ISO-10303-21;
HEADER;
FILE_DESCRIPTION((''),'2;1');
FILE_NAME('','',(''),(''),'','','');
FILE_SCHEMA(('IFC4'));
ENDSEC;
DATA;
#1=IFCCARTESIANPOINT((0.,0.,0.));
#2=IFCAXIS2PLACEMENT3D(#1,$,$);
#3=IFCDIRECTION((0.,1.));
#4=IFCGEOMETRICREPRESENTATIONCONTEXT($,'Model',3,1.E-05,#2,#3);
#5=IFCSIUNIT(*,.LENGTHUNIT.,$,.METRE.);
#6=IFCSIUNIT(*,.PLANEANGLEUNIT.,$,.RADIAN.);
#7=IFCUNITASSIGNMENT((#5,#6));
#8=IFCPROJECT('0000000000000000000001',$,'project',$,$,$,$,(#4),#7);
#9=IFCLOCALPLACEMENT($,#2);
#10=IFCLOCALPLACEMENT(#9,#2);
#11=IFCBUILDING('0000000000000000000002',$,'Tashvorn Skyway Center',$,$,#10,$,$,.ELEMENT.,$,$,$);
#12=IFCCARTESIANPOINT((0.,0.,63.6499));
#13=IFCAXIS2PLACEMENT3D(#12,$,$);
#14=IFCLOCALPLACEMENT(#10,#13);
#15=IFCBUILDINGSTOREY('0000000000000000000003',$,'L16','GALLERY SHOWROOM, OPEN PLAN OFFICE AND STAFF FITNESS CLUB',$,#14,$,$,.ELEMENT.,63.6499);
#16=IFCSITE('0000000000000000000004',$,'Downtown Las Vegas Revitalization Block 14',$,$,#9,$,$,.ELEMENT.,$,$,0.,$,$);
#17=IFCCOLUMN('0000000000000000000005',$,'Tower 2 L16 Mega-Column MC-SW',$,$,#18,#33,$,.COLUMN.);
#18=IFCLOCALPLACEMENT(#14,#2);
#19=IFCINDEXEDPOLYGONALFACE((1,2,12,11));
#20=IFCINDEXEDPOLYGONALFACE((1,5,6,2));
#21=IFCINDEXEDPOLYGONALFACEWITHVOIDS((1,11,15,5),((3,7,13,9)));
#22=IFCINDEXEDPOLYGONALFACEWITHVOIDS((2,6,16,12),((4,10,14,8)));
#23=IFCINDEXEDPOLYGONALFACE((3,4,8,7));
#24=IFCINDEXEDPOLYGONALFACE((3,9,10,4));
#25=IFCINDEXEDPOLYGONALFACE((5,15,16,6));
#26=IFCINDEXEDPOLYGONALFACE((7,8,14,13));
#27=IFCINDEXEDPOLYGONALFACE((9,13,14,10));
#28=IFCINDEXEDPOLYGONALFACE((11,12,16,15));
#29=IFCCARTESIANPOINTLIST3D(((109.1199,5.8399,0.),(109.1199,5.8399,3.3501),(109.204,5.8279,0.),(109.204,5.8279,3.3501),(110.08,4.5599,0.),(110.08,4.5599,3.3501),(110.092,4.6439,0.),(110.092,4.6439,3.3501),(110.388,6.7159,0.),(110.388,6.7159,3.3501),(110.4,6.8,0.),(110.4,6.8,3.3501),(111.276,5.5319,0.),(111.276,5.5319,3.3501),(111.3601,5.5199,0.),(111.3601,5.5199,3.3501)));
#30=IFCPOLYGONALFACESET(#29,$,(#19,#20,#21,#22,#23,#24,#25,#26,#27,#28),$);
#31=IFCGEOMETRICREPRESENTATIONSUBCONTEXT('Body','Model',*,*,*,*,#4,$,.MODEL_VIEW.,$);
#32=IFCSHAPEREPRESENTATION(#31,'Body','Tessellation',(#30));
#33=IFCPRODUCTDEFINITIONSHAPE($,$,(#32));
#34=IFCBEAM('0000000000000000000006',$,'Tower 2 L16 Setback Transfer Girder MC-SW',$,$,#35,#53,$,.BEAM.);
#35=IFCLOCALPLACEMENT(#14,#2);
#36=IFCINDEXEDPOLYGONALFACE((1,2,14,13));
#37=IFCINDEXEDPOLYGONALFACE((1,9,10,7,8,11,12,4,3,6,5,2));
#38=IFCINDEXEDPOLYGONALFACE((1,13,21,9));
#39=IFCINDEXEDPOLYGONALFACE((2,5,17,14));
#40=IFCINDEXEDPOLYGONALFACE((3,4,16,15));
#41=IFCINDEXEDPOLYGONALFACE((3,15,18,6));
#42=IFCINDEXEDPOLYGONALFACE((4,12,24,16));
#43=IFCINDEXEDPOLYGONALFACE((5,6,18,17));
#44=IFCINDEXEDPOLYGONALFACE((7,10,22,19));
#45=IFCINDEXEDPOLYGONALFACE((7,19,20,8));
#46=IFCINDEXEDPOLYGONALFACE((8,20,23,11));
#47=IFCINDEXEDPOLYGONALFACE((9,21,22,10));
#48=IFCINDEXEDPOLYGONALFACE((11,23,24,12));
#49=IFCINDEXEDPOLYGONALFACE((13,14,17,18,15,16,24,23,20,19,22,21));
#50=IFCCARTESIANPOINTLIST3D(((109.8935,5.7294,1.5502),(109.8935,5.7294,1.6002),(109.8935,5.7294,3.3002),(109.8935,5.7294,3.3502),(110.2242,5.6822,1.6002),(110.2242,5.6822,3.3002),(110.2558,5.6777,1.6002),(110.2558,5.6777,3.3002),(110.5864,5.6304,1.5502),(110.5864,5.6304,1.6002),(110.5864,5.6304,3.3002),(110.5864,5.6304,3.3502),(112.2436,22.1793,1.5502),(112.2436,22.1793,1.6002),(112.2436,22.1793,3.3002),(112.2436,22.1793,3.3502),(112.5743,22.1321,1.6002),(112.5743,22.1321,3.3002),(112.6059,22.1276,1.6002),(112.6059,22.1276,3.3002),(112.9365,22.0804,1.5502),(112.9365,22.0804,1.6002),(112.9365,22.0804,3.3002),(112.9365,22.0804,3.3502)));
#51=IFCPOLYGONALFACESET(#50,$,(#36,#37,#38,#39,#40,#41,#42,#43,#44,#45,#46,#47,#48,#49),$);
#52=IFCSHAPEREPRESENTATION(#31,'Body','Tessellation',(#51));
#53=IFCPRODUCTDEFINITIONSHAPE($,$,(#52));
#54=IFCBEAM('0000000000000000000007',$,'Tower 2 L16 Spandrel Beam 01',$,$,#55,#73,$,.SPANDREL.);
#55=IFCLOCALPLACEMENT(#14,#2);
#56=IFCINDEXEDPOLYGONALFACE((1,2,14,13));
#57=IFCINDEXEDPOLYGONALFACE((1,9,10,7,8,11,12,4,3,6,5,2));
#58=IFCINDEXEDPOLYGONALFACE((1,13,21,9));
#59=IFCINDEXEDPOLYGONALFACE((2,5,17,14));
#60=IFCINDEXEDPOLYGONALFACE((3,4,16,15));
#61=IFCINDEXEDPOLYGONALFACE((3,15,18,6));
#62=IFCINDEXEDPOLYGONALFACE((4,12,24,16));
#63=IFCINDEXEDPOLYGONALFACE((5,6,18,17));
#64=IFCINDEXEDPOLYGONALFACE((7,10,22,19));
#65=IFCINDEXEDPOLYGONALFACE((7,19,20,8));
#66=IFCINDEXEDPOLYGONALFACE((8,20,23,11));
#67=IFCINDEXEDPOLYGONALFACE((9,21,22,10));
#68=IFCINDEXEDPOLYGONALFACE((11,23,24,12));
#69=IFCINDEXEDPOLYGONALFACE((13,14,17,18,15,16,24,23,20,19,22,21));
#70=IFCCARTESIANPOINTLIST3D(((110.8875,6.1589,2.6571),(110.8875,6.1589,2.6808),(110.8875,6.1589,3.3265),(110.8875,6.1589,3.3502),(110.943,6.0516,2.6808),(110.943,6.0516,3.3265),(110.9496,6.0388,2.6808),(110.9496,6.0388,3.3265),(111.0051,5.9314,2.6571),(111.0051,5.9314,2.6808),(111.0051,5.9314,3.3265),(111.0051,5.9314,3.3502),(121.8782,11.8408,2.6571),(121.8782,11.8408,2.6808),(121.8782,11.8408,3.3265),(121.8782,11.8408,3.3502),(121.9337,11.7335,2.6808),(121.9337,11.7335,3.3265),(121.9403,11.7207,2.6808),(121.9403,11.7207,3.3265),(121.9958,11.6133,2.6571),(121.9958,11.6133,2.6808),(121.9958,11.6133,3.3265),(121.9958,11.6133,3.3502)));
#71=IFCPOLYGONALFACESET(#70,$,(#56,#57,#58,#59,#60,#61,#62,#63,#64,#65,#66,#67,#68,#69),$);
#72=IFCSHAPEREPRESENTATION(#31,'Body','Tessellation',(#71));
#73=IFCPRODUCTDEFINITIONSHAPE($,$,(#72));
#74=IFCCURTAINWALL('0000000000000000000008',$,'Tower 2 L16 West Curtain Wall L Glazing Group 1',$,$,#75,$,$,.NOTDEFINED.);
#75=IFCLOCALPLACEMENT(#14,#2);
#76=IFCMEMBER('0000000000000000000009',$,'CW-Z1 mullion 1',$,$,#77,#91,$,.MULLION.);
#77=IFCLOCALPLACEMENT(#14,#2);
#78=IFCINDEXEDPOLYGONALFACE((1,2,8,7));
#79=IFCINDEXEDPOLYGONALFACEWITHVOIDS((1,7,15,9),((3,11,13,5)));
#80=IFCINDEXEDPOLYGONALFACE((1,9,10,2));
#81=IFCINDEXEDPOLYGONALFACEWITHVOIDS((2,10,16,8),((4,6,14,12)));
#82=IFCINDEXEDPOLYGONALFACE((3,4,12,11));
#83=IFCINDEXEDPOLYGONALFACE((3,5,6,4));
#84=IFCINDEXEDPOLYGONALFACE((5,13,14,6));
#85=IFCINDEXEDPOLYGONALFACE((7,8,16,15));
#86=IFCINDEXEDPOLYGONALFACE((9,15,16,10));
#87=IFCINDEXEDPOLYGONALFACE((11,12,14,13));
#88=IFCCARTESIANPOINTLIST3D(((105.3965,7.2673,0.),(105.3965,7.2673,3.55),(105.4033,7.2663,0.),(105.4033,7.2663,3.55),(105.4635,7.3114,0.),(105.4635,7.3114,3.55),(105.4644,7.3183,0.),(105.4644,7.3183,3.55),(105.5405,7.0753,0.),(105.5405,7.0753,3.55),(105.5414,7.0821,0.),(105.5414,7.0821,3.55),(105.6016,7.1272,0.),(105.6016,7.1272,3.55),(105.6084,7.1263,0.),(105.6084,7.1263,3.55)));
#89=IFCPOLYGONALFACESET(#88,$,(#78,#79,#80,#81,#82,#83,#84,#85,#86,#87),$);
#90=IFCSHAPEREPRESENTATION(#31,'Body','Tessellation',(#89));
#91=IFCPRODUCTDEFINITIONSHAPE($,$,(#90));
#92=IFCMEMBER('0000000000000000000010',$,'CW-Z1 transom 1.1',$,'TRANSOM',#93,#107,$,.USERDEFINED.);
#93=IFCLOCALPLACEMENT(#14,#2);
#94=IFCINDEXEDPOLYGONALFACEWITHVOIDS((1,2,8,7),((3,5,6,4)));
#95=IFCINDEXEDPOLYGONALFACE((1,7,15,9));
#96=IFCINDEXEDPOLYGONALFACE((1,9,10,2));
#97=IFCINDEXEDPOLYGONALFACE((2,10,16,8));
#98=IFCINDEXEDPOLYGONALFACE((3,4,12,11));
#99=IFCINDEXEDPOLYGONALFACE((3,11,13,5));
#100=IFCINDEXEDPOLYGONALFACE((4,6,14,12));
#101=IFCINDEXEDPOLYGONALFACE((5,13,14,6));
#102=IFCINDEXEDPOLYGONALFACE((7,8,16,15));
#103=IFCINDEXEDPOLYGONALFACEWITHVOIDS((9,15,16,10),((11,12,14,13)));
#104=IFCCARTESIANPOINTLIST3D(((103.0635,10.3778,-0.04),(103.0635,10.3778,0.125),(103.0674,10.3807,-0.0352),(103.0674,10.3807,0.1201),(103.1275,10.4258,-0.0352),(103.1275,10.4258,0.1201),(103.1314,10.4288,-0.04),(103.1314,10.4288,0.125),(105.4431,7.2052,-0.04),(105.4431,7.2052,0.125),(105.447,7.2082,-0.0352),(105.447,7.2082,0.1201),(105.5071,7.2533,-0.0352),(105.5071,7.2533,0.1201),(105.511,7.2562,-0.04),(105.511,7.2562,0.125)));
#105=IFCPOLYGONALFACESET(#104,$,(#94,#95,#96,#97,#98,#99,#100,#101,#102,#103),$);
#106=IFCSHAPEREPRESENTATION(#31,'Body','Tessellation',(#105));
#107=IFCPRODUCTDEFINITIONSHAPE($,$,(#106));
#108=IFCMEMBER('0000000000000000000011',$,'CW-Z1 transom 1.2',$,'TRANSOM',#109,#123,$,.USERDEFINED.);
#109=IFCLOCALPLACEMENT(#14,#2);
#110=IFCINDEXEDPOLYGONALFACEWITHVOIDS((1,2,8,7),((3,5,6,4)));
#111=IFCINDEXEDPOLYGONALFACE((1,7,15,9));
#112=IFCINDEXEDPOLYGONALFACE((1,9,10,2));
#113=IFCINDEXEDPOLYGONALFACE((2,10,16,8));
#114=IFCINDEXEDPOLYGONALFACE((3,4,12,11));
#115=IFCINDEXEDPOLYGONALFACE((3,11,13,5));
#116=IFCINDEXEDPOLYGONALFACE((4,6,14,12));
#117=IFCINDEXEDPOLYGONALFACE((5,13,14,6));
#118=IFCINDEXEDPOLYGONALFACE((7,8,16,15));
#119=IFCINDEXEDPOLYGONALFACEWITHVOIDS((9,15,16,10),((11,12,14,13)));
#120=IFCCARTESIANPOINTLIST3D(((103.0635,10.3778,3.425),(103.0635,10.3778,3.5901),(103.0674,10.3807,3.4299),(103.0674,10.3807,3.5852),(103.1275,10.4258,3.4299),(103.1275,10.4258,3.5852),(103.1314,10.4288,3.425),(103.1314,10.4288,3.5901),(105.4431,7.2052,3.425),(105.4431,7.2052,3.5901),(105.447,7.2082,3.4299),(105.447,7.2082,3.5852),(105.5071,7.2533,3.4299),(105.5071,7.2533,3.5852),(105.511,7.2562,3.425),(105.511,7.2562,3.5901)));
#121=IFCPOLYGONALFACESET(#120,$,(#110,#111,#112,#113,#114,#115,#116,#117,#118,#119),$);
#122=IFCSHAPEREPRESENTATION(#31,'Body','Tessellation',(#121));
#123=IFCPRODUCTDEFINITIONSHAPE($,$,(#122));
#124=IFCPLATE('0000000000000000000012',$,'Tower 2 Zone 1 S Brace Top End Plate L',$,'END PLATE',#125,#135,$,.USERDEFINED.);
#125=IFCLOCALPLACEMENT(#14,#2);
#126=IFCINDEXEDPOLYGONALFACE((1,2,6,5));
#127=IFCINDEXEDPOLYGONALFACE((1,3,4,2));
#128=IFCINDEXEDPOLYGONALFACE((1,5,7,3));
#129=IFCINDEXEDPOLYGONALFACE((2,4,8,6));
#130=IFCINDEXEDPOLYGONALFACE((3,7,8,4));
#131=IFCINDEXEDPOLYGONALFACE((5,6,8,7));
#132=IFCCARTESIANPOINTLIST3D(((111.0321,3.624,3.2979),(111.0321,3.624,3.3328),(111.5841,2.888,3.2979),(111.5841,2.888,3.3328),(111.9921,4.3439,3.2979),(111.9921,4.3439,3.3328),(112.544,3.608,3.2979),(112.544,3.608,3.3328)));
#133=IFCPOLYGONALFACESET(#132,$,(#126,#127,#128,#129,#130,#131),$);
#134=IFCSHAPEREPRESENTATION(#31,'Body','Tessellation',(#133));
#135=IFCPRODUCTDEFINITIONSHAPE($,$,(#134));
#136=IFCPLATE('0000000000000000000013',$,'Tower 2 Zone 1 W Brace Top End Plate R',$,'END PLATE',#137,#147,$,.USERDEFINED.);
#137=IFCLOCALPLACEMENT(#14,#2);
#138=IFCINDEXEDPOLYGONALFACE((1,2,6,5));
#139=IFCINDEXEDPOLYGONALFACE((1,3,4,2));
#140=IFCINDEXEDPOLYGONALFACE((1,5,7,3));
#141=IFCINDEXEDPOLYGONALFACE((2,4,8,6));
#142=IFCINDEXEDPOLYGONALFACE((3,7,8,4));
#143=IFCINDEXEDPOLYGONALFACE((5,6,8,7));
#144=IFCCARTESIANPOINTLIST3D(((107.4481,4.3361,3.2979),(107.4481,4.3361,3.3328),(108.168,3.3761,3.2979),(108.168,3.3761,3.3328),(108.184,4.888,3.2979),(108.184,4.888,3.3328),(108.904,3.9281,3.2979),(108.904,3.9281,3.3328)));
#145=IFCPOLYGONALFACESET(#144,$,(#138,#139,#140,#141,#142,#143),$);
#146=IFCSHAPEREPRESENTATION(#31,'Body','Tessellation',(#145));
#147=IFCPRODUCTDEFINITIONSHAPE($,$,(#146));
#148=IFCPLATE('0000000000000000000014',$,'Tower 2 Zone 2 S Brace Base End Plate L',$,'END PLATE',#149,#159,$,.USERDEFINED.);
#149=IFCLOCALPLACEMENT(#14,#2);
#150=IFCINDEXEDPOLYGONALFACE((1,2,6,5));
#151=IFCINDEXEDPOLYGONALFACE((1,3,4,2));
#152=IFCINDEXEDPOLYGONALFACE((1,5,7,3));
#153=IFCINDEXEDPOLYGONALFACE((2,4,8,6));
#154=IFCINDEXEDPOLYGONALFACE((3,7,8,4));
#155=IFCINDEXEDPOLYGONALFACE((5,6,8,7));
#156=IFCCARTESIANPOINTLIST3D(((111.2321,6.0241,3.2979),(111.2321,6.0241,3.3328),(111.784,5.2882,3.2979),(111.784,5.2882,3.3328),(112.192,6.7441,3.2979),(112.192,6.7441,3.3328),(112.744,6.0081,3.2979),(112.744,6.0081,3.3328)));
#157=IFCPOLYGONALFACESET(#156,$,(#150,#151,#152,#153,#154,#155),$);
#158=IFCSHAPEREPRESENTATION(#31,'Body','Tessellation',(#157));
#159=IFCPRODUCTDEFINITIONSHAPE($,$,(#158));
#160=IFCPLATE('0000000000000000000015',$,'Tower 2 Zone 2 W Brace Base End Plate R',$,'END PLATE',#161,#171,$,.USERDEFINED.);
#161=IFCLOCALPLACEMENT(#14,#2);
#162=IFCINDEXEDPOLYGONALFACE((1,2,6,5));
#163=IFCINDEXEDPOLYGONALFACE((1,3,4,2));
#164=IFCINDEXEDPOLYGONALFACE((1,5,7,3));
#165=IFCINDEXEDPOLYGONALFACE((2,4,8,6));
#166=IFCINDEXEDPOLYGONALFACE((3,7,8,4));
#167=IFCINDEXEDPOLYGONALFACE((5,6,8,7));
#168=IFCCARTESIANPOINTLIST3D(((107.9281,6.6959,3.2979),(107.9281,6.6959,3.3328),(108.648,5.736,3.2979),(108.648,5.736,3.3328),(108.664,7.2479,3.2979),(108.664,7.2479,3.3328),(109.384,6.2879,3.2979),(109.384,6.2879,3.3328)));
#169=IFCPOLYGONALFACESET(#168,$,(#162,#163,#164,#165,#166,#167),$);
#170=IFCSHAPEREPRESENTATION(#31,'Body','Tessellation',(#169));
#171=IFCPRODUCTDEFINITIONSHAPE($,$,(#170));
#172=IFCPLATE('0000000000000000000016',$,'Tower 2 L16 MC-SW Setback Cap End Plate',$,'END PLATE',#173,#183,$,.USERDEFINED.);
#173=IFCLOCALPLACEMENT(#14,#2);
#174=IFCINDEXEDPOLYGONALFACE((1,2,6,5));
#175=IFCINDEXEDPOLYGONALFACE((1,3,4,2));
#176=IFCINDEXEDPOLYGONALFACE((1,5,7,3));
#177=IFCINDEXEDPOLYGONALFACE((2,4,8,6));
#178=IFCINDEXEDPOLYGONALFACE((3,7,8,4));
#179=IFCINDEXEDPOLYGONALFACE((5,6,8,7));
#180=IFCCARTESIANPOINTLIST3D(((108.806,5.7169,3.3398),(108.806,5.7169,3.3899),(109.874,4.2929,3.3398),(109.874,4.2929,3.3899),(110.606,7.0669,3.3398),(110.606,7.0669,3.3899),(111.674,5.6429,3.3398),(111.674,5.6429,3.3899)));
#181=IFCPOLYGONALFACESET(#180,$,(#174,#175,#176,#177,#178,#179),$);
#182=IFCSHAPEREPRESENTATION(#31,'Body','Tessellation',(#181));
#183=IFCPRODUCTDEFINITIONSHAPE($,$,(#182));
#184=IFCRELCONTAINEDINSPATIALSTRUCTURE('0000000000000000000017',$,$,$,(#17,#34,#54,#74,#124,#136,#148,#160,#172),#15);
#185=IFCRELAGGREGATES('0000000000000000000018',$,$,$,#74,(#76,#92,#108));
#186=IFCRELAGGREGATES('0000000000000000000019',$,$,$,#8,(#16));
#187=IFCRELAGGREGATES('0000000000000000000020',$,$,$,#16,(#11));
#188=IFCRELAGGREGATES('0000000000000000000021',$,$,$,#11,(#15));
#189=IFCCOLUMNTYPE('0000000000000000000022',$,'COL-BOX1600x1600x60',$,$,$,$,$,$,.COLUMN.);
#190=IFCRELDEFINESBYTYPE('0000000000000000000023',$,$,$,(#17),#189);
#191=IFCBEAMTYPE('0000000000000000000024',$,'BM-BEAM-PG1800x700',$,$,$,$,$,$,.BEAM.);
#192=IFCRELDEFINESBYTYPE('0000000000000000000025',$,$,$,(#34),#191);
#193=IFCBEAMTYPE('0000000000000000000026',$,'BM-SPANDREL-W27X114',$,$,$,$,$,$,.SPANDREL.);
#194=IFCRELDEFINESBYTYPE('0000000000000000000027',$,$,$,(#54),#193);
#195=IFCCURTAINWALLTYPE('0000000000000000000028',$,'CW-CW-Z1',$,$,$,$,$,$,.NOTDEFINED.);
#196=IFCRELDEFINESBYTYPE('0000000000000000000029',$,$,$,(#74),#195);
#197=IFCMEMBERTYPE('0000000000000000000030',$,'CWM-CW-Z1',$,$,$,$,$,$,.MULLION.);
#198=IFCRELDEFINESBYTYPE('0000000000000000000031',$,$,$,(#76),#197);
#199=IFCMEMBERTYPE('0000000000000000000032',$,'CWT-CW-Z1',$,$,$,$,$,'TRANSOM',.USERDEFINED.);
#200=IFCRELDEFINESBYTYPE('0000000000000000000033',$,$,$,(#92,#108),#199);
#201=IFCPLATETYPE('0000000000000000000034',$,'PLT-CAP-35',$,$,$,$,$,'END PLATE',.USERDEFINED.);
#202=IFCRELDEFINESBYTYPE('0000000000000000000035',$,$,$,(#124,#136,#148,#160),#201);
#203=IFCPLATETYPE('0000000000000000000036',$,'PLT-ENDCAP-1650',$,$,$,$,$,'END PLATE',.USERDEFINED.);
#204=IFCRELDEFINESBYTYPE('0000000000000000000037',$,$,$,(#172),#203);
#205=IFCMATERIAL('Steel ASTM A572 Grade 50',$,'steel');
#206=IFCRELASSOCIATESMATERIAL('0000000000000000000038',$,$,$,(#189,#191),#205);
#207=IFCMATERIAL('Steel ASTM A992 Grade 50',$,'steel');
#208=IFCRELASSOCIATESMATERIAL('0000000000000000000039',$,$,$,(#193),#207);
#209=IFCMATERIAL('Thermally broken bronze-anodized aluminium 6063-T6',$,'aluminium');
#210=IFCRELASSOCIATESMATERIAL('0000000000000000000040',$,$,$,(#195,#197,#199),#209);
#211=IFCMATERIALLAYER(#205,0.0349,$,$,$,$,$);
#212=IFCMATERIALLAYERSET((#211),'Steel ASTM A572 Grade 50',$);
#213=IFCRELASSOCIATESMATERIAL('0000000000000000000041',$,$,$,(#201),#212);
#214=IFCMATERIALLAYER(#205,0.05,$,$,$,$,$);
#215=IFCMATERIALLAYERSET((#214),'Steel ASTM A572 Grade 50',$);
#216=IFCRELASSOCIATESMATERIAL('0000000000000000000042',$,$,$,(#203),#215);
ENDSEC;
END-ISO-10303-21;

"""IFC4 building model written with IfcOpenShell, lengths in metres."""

from ifc_helpers import new_model, si_unit, direction, frame, origin, origin_2d, place, context, subcontext, project, spatial, rectangle, hollow_rectangle, i_section, extrude, material, layer, layer_set, material_profile, profile_set, type_object, element, aggregate, save


model = new_model("IFC4")

# Units and contexts
model_context = context("Model", 3, precision=1e-05, world=origin(), true_north=direction((0.0, 1.0)))
body_context = subcontext(model_context, "Body", "Model", "MODEL_VIEW")
ifc_project = project(units=[si_unit("LENGTHUNIT", "METRE"), si_unit("PLANEANGLEUNIT", "RADIAN")], contexts=[model_context])

# Site, building, storey
site_placement = place(None, origin())
site = spatial("IfcSite", under=ifc_project, at=site_placement, Name="Downtown Las Vegas Revitalization Block 14", CompositionType="ELEMENT", RefElevation=0.0)
building_placement = place(site_placement, origin())
building = spatial("IfcBuilding", under=site, at=building_placement, Name="Tashvorn Skyway Center", CompositionType="ELEMENT")
storey_placement = place(building_placement, frame((0.0, 0.0, 63.6499)))
storey = spatial("IfcBuildingStorey", under=building, at=storey_placement, Name="L16", Description="GALLERY SHOWROOM, OPEN PLAN OFFICE AND STAFF FITNESS CLUB", CompositionType="ELEMENT", Elevation=63.6499)

# Column
ifc_material_1 = material(Name="Steel ASTM A572 Grade 50", Category="steel")
ifc_material_profile_1 = material_profile(ifc_material_1, hollow_rectangle(XDim=1.6001, YDim=1.6001, WallThickness=0.0601, at=origin_2d()), Name="BOX1600x1600x60")
ifc_profile_set_1 = profile_set([ifc_material_profile_1], Name="Steel ASTM A572 Grade 50")
column_type = type_object("IfcColumnType", Name="COL-BOX1600x1600x60", PredefinedType="COLUMN", material=ifc_profile_set_1)
column_placement = place(storey_placement, frame((110.24, 5.6799, 0.0), z_axis=(0.0, 0.0, 1.0), x_axis=(0.8, 0.6, 0.0)))
element("IfcColumn", 1, at=column_placement, inside=storey, type_object=column_type, Name="Tower 2 L16 Mega-Column MC-SW", PredefinedType="COLUMN", context=body_context, shape_type="SweptSolid", body=[
    extrude(hollow_rectangle(XDim=1.6001, YDim=1.6001, WallThickness=0.0601, at=origin_2d()), origin(), (0.0, 0.0, 1.0), 3.3501),
])

# Beams
ifc_material_profile_2 = material_profile(ifc_material_1, i_section(OverallWidth=0.7, OverallDepth=1.8, WebThickness=0.032, FlangeThickness=0.05, at=origin_2d()), Name="PG1800x700")
ifc_profile_set_2 = profile_set([ifc_material_profile_2], Name="Steel ASTM A572 Grade 50")
beam_type_1 = type_object("IfcBeamType", Name="BM-BEAM-PG1800x700", PredefinedType="BEAM", material=ifc_profile_set_2)
beam_1_placement = place(storey_placement, frame((110.24, 5.6799, 2.4502), z_axis=(0.141428, 0.989949, 0.0), x_axis=(-0.989949, 0.141428, 0.0)))
element("IfcBeam", 2, at=beam_1_placement, inside=storey, type_object=beam_type_1, Name="Tower 2 L16 Setback Transfer Girder MC-SW", PredefinedType="BEAM", context=body_context, shape_type="SweptSolid", body=[
    extrude(i_section(OverallWidth=0.7, OverallDepth=1.8, WebThickness=0.032, FlangeThickness=0.05, at=origin_2d()), origin(), (0.0, 0.0, 1.0), 16.6169),
])
ifc_material_2 = material(Name="Steel ASTM A992 Grade 50", Category="steel")
ifc_material_profile_3 = material_profile(ifc_material_2, i_section(OverallWidth=0.2561, OverallDepth=0.6931, WebThickness=0.0144, FlangeThickness=0.0237, at=origin_2d()), Name="W27X114")
ifc_profile_set_3 = profile_set([ifc_material_profile_3], Name="Steel ASTM A992 Grade 50")
beam_type_2 = type_object("IfcBeamType", Name="BM-SPANDREL-W27X114", PredefinedType="SPANDREL", material=ifc_profile_set_3)
beam_2_placement = place(storey_placement, frame((110.9463, 6.0452, 3.0037), z_axis=(0.888316, 0.459233, 0.0), x_axis=(-0.459233, 0.888316, 0.0)))
element("IfcBeam", 3, at=beam_2_placement, inside=storey, type_object=beam_type_2, Name="Tower 2 L16 Spandrel Beam 01", PredefinedType="SPANDREL", context=body_context, shape_type="SweptSolid", body=[
    extrude(i_section(OverallWidth=0.2561, OverallDepth=0.6931, WebThickness=0.0144, FlangeThickness=0.0237, at=origin_2d()), origin(), (0.0, 0.0, 1.0), 12.3726),
])

# Curtain wall, members
ifc_material_3 = material(Name="Thermally broken bronze-anodized aluminium 6063-T6", Category="aluminium")
curtain_wall_type = type_object("IfcCurtainWallType", Name="CW-CW-Z1", PredefinedType="NOTDEFINED", material=ifc_material_3)
curtain_wall_placement = place(storey_placement, origin())
curtain_wall = element("IfcCurtainWall", 4, at=curtain_wall_placement, inside=storey, type_object=curtain_wall_type, Name="Tower 2 L16 West Curtain Wall L Glazing Group 1", PredefinedType="NOTDEFINED")
ifc_material_profile_4 = material_profile(ifc_material_3, hollow_rectangle(XDim=0.085, YDim=0.24, WallThickness=0.0049, at=origin_2d()), Name="ALU-MULL-85x240")
ifc_profile_set_4 = profile_set([ifc_material_profile_4], Name="Thermally broken bronze-anodized aluminium 6063-T6")
member_type_1 = type_object("IfcMemberType", Name="CWM-CW-Z1", PredefinedType="MULLION", material=ifc_profile_set_4)
member_1_placement = place(storey_placement, frame((105.5024, 7.1968, 0.0), z_axis=(0.0, 0.0, 1.0), x_axis=(-0.799999, -0.600002, 0.0)))
member_1 = element("IfcMember", 5, at=member_1_placement, type_object=member_type_1, Name="CW-Z1 mullion 1", PredefinedType="MULLION", context=body_context, shape_type="SweptSolid", body=[
    extrude(hollow_rectangle(XDim=0.085, YDim=0.24, WallThickness=0.0049, at=origin_2d()), origin(), (0.0, 0.0, 1.0), 3.55),
])
ifc_material_profile_5 = material_profile(ifc_material_3, hollow_rectangle(XDim=0.085, YDim=0.165, WallThickness=0.0049, at=origin_2d()), Name="ALU-TRAN-85x165")
ifc_profile_set_5 = profile_set([ifc_material_profile_5], Name="Thermally broken bronze-anodized aluminium 6063-T6")
member_type_2 = type_object("IfcMemberType", Name="CWT-CW-Z1", ElementType="TRANSOM", PredefinedType="USERDEFINED", material=ifc_profile_set_5)
member_2_placement = place(storey_placement, frame((105.4771, 7.2307, 0.0425), z_axis=(-0.60003, 0.799978, 0.0), x_axis=(-0.799978, -0.60003, 0.0)))
member_2 = element("IfcMember", 6, at=member_2_placement, type_object=member_type_2, Name="CW-Z1 transom 1.1", ObjectType="TRANSOM", PredefinedType="USERDEFINED", context=body_context, shape_type="SweptSolid", body=[
    extrude(hollow_rectangle(XDim=0.085, YDim=0.165, WallThickness=0.0049, at=origin_2d()), origin(), (0.0, 0.0, 1.0), 3.9658),
])
member_3_placement = place(storey_placement, frame((105.4771, 7.2307, 3.5076), z_axis=(-0.60003, 0.799978, 0.0), x_axis=(-0.799978, -0.60003, 0.0)))
member_3 = element("IfcMember", 7, at=member_3_placement, type_object=member_type_2, Name="CW-Z1 transom 1.2", ObjectType="TRANSOM", PredefinedType="USERDEFINED", context=body_context, shape_type="SweptSolid", body=[
    extrude(hollow_rectangle(XDim=0.085, YDim=0.165, WallThickness=0.0049, at=origin_2d()), origin(), (0.0, 0.0, 1.0), 3.9658),
])
aggregate(curtain_wall, [member_1, member_2, member_3])

# Plates
ifc_layer_1 = layer(ifc_material_1, 0.0349)
ifc_layer_set_1 = layer_set([ifc_layer_1], Name="Steel ASTM A572 Grade 50")
plate_type_1 = type_object("IfcPlateType", Name="PLT-CAP-35", ElementType="END PLATE", PredefinedType="USERDEFINED", material=ifc_layer_set_1)
for number, where, z_axis, x_axis, name in (
    (8, (111.7881, 3.616, 3.2979), (0.0, 0.0, 1.0), (0.8, 0.6, 0.0), "Tower 2 Zone 1 S Brace Top End Plate L"),
    (9, (108.176, 4.1321, 3.2979), (0.0, 0.0, 1.0), (0.6, -0.8, 0.0), "Tower 2 Zone 1 W Brace Top End Plate R"),
    (10, (111.988, 6.0161, 3.2979), (0.0, 0.0, 1.0), (0.8, 0.6, 0.0), "Tower 2 Zone 2 S Brace Base End Plate L"),
    (11, (108.656, 6.4919, 3.2979), (0.0, 0.0, 1.0), (0.6, -0.8, 0.0), "Tower 2 Zone 2 W Brace Base End Plate R"),
):
    element("IfcPlate", number, at=place(storey_placement, frame(where, z_axis=z_axis, x_axis=x_axis)), inside=storey, type_object=plate_type_1, Name=name, ObjectType="END PLATE", PredefinedType="USERDEFINED", context=body_context, shape_type="SweptSolid", body=[
        extrude(rectangle(XDim=1.2, YDim=0.9199, at=origin_2d()), origin(), (0.0, 0.0, 1.0), 0.0349),
    ])
ifc_layer_2 = layer(ifc_material_1, 0.05)
ifc_layer_set_2 = layer_set([ifc_layer_2], Name="Steel ASTM A572 Grade 50")
plate_type_2 = type_object("IfcPlateType", Name="PLT-ENDCAP-1650", ElementType="END PLATE", PredefinedType="USERDEFINED", material=ifc_layer_set_2)
plate_1_placement = place(storey_placement, frame((110.24, 5.6799, 3.3398), z_axis=(0.0, 0.0, 1.0), x_axis=(0.8, 0.6, 0.0)))
element("IfcPlate", 12, at=plate_1_placement, inside=storey, type_object=plate_type_2, Name="Tower 2 L16 MC-SW Setback Cap End Plate", ObjectType="END PLATE", PredefinedType="USERDEFINED", context=body_context, shape_type="SweptSolid", body=[
    extrude(rectangle(XDim=2.25, YDim=1.78, at=origin_2d()), origin(), (0.0, 0.0, 1.0), 0.05),
])

save(model, "model.ifc")
